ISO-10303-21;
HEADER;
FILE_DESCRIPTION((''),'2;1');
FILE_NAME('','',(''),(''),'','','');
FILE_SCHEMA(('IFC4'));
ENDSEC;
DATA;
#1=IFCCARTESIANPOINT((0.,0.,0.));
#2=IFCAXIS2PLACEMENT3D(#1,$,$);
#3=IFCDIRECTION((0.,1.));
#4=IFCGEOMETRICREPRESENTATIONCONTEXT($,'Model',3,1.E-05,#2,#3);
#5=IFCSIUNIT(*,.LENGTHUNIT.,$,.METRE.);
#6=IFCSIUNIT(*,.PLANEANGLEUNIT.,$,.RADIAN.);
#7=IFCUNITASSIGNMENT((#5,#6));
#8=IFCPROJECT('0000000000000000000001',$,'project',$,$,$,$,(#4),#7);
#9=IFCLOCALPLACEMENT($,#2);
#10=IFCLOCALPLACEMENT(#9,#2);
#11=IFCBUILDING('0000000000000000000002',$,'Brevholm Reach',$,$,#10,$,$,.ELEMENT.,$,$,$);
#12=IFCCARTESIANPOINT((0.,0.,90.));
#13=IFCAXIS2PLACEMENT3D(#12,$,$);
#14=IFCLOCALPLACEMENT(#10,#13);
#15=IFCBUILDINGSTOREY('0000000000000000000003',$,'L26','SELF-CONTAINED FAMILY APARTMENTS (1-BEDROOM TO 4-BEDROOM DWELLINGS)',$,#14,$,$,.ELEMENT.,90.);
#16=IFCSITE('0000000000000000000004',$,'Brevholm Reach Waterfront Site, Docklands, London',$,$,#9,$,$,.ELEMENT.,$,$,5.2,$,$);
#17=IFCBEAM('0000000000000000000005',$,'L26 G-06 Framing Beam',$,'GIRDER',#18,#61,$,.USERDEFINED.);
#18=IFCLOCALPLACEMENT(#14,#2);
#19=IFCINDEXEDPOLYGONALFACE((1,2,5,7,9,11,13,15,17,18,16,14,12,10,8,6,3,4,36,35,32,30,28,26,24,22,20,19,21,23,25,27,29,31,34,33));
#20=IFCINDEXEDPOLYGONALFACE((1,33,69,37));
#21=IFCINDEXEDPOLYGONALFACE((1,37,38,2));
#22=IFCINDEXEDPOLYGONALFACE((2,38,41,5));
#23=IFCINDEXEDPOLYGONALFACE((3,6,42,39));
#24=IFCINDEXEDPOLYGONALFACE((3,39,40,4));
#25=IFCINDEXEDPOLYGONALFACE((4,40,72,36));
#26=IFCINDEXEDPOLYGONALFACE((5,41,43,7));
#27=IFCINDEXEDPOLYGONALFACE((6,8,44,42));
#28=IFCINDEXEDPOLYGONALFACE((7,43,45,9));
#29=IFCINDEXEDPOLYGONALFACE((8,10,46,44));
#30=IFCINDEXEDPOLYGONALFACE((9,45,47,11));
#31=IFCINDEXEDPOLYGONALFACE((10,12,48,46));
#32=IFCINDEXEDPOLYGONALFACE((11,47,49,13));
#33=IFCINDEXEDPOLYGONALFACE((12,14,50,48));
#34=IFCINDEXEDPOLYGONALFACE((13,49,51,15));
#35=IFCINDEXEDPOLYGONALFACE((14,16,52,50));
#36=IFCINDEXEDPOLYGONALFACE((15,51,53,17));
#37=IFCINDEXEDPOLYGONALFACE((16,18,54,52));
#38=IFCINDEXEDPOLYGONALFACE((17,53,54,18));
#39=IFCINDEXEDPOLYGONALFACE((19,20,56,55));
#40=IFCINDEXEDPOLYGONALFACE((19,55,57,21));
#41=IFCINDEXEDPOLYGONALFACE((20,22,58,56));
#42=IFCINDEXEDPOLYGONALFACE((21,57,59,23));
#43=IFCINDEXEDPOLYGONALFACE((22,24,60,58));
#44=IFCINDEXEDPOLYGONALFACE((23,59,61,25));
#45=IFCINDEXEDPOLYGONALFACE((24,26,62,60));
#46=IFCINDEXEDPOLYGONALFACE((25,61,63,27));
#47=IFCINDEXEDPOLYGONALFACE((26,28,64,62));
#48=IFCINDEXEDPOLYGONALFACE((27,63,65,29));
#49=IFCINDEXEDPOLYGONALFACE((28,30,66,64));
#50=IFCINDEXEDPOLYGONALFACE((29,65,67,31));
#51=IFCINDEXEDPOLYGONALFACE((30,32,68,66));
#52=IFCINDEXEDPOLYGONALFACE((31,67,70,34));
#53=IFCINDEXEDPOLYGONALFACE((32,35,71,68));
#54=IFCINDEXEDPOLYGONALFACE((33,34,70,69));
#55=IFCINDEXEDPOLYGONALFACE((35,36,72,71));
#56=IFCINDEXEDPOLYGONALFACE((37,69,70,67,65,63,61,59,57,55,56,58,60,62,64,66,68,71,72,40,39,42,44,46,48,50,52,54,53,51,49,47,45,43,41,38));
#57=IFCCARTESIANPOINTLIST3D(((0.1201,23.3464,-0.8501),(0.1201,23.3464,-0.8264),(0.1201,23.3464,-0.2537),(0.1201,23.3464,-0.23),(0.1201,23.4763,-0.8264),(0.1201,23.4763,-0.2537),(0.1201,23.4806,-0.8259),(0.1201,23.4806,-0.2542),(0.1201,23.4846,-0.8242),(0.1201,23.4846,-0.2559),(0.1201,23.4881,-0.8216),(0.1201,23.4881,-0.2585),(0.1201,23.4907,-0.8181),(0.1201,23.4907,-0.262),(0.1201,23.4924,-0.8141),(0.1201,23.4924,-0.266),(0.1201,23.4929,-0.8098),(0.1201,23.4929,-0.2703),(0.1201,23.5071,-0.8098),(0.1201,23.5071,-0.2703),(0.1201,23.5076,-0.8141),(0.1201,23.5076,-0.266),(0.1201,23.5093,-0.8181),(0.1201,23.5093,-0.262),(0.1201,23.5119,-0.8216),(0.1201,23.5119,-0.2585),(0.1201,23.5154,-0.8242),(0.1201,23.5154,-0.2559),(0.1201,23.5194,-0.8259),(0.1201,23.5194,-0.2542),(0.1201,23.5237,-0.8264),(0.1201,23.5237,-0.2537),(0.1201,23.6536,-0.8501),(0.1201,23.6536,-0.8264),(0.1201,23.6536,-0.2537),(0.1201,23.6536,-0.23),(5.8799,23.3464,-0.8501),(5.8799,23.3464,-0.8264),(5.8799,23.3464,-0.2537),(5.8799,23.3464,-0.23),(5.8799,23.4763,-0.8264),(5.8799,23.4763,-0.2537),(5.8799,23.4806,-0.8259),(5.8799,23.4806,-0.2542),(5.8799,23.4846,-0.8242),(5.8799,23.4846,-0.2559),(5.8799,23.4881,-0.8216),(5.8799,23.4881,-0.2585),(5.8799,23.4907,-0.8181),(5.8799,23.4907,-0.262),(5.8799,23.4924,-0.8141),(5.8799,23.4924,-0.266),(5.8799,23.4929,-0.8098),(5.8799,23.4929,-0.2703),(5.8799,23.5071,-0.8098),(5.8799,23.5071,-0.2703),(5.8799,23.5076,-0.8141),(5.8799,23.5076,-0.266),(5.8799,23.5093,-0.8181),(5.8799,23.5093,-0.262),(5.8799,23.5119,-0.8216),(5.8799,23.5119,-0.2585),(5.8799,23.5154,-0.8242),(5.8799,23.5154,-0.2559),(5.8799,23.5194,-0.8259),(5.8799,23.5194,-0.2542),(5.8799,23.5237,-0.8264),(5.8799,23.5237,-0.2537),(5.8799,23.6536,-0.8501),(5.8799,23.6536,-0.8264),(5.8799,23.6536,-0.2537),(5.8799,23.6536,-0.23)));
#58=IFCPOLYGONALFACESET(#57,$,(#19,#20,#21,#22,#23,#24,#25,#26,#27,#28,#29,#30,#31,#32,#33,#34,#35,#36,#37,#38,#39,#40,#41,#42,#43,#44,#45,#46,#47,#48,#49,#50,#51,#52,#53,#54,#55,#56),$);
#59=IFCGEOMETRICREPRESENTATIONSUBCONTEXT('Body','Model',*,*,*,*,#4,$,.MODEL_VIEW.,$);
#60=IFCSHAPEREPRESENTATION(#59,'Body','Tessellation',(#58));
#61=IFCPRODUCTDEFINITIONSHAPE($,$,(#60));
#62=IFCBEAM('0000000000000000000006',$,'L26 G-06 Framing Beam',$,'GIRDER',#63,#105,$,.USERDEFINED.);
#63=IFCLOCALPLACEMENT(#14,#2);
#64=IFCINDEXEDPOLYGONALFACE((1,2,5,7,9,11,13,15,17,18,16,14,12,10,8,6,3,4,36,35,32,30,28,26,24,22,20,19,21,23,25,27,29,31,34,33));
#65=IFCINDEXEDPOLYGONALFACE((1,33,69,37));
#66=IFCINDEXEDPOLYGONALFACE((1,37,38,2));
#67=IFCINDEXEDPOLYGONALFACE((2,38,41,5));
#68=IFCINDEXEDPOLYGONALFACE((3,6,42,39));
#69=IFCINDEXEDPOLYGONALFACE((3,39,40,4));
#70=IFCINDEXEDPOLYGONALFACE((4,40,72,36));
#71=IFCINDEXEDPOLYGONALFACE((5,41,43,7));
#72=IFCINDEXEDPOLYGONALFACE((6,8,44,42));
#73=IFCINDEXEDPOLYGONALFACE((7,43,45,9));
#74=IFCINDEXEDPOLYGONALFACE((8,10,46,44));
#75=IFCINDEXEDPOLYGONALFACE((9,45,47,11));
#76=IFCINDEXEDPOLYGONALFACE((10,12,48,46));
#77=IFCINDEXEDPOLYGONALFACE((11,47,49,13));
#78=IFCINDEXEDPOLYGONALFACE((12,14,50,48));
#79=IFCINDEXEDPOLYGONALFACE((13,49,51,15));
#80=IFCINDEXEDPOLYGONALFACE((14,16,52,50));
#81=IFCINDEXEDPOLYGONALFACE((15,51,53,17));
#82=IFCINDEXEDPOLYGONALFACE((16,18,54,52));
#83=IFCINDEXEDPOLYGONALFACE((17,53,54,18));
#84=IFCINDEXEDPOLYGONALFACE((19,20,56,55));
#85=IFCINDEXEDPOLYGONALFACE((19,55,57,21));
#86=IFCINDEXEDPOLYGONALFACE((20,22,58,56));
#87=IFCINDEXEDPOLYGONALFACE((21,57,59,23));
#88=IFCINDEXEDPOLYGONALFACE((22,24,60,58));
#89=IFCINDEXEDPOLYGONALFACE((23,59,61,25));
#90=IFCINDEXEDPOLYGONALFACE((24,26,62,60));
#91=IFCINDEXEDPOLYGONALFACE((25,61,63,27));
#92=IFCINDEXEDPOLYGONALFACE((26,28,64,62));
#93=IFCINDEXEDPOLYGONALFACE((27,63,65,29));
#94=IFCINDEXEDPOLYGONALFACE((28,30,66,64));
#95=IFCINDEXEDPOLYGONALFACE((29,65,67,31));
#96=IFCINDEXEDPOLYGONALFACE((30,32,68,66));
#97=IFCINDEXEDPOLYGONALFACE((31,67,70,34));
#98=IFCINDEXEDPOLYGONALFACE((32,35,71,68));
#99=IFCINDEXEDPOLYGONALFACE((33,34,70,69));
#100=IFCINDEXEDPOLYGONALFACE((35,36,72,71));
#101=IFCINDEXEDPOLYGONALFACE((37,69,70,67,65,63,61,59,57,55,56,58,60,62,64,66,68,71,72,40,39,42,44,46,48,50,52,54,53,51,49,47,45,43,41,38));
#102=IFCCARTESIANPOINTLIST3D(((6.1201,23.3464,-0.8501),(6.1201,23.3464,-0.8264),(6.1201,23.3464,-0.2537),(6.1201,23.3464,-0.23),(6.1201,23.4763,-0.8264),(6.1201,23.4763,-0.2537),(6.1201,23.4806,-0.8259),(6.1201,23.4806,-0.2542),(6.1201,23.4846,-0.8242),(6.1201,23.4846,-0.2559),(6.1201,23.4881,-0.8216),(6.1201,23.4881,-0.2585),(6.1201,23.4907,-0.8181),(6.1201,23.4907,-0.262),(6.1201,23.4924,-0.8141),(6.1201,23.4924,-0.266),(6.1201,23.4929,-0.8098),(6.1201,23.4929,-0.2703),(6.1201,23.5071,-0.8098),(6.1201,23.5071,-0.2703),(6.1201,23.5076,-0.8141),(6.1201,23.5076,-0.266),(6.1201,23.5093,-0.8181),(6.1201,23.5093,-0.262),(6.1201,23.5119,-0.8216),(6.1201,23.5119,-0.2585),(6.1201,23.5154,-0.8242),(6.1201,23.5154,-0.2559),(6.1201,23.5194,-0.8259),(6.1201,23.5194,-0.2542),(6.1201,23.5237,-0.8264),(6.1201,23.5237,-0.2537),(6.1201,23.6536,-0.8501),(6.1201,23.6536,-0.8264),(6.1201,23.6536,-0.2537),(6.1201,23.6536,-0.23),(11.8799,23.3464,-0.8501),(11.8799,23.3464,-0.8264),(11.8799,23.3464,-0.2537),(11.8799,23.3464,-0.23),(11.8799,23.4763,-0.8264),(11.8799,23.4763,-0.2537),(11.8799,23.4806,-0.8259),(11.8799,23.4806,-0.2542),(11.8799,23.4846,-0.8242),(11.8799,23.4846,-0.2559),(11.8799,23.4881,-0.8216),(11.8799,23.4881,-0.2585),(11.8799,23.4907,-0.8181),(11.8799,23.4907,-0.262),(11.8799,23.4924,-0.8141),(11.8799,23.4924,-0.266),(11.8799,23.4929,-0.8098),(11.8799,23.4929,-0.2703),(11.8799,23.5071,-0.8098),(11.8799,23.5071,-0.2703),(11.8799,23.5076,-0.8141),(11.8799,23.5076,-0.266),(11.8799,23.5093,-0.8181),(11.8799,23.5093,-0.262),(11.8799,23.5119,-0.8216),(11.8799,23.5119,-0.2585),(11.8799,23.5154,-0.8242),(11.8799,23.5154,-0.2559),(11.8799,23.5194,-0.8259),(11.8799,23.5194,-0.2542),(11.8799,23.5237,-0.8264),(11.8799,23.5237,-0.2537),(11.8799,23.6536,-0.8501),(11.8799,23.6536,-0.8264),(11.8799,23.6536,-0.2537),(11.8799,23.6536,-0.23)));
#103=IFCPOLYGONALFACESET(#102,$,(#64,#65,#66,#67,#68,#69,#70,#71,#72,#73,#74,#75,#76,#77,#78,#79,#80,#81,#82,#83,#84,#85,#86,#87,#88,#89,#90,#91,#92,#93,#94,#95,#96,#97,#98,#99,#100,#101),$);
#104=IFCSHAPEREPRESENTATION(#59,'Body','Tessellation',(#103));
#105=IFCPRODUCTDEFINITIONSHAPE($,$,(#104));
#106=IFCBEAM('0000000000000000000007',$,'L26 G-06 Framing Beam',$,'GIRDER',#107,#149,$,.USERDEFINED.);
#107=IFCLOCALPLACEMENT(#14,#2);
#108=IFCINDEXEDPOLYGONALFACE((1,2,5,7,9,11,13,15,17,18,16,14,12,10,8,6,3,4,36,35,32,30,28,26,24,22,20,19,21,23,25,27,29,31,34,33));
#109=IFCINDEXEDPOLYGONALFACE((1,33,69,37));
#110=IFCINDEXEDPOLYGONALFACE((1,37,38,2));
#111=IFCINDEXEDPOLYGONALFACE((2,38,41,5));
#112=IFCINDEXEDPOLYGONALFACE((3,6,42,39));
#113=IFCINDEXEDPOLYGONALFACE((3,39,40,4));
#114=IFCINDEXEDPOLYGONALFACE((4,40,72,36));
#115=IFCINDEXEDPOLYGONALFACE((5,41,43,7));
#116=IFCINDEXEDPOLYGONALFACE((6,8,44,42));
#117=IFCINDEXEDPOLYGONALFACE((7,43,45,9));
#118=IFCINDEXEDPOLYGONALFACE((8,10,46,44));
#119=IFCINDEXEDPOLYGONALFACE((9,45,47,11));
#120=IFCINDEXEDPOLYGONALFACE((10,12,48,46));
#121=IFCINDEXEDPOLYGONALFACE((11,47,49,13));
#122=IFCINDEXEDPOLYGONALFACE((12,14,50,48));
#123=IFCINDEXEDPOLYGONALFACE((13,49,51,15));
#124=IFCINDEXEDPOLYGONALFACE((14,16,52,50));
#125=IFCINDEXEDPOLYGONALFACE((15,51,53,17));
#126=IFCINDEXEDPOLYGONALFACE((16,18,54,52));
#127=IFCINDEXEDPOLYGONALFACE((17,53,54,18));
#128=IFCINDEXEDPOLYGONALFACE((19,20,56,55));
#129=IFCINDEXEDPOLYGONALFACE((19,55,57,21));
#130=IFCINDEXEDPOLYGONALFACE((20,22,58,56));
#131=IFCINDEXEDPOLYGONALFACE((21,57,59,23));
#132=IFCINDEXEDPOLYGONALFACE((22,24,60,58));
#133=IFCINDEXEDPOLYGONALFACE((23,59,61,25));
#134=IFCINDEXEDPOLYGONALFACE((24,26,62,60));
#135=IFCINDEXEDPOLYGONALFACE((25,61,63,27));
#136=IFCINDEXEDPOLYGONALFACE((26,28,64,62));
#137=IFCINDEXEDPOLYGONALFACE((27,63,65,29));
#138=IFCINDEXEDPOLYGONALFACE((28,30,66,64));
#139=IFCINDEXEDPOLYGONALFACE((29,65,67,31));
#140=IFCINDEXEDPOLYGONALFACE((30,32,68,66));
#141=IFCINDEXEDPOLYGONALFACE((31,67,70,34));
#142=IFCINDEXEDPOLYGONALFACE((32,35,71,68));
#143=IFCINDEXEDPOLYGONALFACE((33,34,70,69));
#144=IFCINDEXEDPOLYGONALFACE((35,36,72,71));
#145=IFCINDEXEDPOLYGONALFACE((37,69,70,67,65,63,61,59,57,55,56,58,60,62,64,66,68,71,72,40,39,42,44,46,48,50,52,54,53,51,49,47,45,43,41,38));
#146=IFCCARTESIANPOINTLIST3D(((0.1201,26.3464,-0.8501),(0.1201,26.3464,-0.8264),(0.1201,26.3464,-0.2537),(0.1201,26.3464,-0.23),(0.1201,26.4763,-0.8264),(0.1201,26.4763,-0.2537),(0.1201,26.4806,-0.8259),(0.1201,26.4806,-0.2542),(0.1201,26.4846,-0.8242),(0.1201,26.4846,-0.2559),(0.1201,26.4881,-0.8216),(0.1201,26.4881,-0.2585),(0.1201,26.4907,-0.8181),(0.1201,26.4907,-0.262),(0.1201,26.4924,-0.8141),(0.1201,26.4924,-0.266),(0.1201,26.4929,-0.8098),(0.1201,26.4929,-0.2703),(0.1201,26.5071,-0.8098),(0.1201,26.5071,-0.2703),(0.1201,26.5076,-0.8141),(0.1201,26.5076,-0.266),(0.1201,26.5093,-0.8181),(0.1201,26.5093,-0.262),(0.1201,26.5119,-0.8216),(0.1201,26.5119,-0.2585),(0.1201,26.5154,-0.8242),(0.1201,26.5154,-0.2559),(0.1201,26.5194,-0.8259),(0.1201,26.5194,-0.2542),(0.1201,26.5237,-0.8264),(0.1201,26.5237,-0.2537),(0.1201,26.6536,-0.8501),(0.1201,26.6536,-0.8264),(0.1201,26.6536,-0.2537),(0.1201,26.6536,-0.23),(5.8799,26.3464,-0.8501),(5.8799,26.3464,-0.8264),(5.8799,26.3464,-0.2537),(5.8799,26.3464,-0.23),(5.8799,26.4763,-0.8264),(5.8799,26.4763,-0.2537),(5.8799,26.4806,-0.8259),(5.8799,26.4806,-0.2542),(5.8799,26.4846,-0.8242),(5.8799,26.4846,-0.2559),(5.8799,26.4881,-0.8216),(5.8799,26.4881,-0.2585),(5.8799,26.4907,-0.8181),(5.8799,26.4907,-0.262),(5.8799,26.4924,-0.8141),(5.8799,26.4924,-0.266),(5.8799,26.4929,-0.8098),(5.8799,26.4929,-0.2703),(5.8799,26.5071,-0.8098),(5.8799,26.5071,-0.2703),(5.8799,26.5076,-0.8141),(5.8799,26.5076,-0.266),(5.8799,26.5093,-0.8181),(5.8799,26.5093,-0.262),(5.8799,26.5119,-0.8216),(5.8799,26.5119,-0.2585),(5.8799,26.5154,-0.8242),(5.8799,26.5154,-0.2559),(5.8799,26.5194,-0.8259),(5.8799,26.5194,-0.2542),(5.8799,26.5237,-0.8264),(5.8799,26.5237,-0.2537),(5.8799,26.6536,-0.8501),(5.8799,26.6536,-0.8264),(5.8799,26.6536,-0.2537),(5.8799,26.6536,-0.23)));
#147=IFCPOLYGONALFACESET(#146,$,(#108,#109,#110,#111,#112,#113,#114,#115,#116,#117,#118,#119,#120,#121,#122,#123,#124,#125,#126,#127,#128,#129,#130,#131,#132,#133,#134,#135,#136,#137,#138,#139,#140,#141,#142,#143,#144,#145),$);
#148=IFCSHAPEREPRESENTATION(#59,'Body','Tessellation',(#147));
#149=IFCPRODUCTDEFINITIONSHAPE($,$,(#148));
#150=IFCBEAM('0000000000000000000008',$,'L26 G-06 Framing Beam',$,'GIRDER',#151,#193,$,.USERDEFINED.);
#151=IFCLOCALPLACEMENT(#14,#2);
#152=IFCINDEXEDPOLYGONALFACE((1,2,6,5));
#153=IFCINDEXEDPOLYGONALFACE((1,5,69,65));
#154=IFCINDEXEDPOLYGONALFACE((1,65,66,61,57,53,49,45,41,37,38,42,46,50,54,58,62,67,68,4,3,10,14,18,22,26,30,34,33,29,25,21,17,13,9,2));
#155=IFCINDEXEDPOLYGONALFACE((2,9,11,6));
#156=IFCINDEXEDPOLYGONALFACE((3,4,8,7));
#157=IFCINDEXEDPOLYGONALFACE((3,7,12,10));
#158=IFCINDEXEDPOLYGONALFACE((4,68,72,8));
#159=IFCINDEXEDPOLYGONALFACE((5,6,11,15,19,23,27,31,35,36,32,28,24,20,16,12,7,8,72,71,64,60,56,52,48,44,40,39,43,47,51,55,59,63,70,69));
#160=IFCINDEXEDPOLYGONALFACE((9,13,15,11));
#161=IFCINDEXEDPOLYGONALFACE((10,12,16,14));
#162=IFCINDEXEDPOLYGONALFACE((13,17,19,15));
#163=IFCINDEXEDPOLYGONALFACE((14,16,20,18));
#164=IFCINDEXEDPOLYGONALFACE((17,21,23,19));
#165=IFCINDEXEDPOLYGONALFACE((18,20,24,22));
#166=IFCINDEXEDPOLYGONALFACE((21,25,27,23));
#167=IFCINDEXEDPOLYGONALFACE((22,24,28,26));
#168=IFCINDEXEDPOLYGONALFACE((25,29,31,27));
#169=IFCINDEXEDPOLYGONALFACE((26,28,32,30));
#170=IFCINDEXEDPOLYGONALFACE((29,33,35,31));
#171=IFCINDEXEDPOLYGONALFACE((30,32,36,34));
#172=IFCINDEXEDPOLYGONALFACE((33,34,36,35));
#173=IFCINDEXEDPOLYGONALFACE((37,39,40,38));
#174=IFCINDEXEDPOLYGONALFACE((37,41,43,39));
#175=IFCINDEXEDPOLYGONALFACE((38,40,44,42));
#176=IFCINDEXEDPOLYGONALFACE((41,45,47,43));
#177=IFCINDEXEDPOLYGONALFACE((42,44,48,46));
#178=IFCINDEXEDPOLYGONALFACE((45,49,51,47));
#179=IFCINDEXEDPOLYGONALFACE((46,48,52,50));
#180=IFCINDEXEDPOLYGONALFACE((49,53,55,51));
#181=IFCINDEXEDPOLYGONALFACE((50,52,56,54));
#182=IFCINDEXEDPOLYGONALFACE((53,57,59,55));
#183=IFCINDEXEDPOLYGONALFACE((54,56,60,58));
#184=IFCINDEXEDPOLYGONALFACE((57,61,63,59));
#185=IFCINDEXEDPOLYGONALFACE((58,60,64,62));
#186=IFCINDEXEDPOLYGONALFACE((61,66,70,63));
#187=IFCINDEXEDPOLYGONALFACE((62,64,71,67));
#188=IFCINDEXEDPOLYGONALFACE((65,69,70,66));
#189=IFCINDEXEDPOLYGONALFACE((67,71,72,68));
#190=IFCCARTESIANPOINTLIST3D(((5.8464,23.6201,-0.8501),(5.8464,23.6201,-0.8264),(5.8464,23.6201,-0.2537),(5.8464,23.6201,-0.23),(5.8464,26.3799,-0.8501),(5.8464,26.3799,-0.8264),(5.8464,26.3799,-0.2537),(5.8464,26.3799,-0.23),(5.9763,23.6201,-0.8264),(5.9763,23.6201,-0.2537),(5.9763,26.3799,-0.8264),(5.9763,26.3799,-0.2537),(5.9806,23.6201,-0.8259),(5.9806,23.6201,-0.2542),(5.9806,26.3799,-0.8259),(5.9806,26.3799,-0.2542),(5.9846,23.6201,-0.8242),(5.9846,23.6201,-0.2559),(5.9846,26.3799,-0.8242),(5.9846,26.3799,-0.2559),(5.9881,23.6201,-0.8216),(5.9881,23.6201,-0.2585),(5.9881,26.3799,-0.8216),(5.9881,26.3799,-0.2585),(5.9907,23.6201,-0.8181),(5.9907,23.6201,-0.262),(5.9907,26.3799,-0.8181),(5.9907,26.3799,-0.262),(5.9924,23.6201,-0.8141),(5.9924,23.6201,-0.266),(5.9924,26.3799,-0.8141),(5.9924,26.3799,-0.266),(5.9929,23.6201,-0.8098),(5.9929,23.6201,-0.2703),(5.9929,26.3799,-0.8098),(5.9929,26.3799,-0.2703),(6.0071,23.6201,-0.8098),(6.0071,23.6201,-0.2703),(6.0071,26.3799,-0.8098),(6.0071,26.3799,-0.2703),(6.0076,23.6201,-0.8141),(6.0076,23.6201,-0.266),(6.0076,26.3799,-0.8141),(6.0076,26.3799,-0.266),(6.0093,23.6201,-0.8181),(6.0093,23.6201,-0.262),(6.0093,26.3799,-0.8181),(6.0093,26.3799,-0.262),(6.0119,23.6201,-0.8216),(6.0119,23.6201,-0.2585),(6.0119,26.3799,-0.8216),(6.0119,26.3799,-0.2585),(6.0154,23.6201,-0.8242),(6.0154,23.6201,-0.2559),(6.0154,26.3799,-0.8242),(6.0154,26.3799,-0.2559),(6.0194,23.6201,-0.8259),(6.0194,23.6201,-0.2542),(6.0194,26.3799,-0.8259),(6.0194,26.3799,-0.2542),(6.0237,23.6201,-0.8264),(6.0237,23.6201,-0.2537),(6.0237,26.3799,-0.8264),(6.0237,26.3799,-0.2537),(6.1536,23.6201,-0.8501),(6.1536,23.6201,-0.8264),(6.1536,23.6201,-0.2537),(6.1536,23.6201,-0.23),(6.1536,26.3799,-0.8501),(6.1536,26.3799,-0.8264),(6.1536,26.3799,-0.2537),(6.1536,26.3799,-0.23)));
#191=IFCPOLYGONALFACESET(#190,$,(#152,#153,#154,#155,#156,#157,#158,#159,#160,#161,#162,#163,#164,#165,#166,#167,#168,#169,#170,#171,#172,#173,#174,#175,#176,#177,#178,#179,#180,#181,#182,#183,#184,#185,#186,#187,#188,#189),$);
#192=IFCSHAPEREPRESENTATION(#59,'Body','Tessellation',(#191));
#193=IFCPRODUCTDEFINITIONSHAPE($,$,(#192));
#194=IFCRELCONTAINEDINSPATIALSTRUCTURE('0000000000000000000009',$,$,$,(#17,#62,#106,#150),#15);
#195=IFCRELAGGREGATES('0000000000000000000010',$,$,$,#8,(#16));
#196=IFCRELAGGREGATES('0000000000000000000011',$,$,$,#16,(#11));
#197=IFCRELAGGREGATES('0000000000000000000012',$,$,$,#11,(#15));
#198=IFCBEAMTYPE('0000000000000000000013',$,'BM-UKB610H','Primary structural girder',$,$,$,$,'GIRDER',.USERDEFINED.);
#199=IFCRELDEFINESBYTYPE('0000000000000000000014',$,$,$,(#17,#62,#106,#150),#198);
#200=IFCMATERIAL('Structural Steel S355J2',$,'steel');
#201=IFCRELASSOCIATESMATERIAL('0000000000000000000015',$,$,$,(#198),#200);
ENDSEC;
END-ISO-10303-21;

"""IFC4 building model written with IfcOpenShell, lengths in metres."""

from ifc_helpers import new_model, si_unit, direction, frame, origin, origin_2d, place, context, subcontext, project, spatial, i_section, extrude, material, material_profile, profile_set, type_object, element, save


model = new_model("IFC4")

# Units and contexts
model_context = context("Model", 3, precision=1e-05, world=origin(), true_north=direction((0.0, 1.0)))
body_context = subcontext(model_context, "Body", "Model", "MODEL_VIEW")
ifc_project = project(units=[si_unit("LENGTHUNIT", "METRE"), si_unit("PLANEANGLEUNIT", "RADIAN")], contexts=[model_context])

# Site, building, storey
site_placement = place(None, origin())
site = spatial("IfcSite", under=ifc_project, at=site_placement, Name="Brevholm Reach Waterfront Site, Docklands, London", CompositionType="ELEMENT", RefElevation=5.2)
building_placement = place(site_placement, origin())
building = spatial("IfcBuilding", under=site, at=building_placement, Name="Brevholm Reach", CompositionType="ELEMENT")
storey_placement = place(building_placement, frame((0.0, 0.0, 90.0)))
storey = spatial("IfcBuildingStorey", under=building, at=storey_placement, Name="L26", Description="SELF-CONTAINED FAMILY APARTMENTS (1-BEDROOM TO 4-BEDROOM DWELLINGS)", CompositionType="ELEMENT", Elevation=90.0)

# Beams
ifc_material_1 = material(Name="Structural Steel S355J2", Category="steel")
ifc_material_profile_1 = material_profile(ifc_material_1, i_section(OverallWidth=0.3071, OverallDepth=0.6201, WebThickness=0.0142, FlangeThickness=0.0237, FilletRadius=0.0166, at=origin_2d()), Name="UKB 610x305x179")
ifc_profile_set_1 = profile_set([ifc_material_profile_1], Name="Structural Steel S355J2")
beam_type_1 = type_object("IfcBeamType", Name="BM-UKB610H", Description="Primary structural girder", ElementType="GIRDER", PredefinedType="USERDEFINED", material=ifc_profile_set_1)
for number, where, z_axis, x_axis, name in (
    (1, (0.1201, 23.5, -0.54), (1.0, 0.0, 0.0), (0.0, 1.0, 0.0), "L26 G-06 Framing Beam"),
    (2, (6.1201, 23.5, -0.54), (1.0, 0.0, 0.0), (0.0, 1.0, 0.0), "L26 G-06 Framing Beam"),
    (3, (0.1201, 26.5, -0.54), (1.0, 0.0, 0.0), (0.0, 1.0, 0.0), "L26 G-06 Framing Beam"),
):
    element("IfcBeam", number, at=place(storey_placement, frame(where, z_axis=z_axis, x_axis=x_axis)), inside=storey, type_object=beam_type_1, Name=name, ObjectType="GIRDER", PredefinedType="USERDEFINED", context=body_context, shape_type="SweptSolid", body=[
        extrude(i_section(OverallWidth=0.3071, OverallDepth=0.6201, WebThickness=0.0142, FlangeThickness=0.0237, FilletRadius=0.0166, at=origin_2d()), origin(), (0.0, 0.0, 1.0), 5.7598),
    ])
beam_1_placement = place(storey_placement, frame((6.0, 23.6201, -0.54), z_axis=(0.0, 1.0, 0.0), x_axis=(-1.0, 0.0, 0.0)))
element("IfcBeam", 4, at=beam_1_placement, inside=storey, type_object=beam_type_1, Name="L26 G-06 Framing Beam", ObjectType="GIRDER", PredefinedType="USERDEFINED", context=body_context, shape_type="SweptSolid", body=[
    extrude(i_section(OverallWidth=0.3071, OverallDepth=0.6201, WebThickness=0.0142, FlangeThickness=0.0237, FilletRadius=0.0166, at=origin_2d()), origin(), (0.0, 0.0, 1.0), 2.7598),
])

save(model, "model.ifc")
